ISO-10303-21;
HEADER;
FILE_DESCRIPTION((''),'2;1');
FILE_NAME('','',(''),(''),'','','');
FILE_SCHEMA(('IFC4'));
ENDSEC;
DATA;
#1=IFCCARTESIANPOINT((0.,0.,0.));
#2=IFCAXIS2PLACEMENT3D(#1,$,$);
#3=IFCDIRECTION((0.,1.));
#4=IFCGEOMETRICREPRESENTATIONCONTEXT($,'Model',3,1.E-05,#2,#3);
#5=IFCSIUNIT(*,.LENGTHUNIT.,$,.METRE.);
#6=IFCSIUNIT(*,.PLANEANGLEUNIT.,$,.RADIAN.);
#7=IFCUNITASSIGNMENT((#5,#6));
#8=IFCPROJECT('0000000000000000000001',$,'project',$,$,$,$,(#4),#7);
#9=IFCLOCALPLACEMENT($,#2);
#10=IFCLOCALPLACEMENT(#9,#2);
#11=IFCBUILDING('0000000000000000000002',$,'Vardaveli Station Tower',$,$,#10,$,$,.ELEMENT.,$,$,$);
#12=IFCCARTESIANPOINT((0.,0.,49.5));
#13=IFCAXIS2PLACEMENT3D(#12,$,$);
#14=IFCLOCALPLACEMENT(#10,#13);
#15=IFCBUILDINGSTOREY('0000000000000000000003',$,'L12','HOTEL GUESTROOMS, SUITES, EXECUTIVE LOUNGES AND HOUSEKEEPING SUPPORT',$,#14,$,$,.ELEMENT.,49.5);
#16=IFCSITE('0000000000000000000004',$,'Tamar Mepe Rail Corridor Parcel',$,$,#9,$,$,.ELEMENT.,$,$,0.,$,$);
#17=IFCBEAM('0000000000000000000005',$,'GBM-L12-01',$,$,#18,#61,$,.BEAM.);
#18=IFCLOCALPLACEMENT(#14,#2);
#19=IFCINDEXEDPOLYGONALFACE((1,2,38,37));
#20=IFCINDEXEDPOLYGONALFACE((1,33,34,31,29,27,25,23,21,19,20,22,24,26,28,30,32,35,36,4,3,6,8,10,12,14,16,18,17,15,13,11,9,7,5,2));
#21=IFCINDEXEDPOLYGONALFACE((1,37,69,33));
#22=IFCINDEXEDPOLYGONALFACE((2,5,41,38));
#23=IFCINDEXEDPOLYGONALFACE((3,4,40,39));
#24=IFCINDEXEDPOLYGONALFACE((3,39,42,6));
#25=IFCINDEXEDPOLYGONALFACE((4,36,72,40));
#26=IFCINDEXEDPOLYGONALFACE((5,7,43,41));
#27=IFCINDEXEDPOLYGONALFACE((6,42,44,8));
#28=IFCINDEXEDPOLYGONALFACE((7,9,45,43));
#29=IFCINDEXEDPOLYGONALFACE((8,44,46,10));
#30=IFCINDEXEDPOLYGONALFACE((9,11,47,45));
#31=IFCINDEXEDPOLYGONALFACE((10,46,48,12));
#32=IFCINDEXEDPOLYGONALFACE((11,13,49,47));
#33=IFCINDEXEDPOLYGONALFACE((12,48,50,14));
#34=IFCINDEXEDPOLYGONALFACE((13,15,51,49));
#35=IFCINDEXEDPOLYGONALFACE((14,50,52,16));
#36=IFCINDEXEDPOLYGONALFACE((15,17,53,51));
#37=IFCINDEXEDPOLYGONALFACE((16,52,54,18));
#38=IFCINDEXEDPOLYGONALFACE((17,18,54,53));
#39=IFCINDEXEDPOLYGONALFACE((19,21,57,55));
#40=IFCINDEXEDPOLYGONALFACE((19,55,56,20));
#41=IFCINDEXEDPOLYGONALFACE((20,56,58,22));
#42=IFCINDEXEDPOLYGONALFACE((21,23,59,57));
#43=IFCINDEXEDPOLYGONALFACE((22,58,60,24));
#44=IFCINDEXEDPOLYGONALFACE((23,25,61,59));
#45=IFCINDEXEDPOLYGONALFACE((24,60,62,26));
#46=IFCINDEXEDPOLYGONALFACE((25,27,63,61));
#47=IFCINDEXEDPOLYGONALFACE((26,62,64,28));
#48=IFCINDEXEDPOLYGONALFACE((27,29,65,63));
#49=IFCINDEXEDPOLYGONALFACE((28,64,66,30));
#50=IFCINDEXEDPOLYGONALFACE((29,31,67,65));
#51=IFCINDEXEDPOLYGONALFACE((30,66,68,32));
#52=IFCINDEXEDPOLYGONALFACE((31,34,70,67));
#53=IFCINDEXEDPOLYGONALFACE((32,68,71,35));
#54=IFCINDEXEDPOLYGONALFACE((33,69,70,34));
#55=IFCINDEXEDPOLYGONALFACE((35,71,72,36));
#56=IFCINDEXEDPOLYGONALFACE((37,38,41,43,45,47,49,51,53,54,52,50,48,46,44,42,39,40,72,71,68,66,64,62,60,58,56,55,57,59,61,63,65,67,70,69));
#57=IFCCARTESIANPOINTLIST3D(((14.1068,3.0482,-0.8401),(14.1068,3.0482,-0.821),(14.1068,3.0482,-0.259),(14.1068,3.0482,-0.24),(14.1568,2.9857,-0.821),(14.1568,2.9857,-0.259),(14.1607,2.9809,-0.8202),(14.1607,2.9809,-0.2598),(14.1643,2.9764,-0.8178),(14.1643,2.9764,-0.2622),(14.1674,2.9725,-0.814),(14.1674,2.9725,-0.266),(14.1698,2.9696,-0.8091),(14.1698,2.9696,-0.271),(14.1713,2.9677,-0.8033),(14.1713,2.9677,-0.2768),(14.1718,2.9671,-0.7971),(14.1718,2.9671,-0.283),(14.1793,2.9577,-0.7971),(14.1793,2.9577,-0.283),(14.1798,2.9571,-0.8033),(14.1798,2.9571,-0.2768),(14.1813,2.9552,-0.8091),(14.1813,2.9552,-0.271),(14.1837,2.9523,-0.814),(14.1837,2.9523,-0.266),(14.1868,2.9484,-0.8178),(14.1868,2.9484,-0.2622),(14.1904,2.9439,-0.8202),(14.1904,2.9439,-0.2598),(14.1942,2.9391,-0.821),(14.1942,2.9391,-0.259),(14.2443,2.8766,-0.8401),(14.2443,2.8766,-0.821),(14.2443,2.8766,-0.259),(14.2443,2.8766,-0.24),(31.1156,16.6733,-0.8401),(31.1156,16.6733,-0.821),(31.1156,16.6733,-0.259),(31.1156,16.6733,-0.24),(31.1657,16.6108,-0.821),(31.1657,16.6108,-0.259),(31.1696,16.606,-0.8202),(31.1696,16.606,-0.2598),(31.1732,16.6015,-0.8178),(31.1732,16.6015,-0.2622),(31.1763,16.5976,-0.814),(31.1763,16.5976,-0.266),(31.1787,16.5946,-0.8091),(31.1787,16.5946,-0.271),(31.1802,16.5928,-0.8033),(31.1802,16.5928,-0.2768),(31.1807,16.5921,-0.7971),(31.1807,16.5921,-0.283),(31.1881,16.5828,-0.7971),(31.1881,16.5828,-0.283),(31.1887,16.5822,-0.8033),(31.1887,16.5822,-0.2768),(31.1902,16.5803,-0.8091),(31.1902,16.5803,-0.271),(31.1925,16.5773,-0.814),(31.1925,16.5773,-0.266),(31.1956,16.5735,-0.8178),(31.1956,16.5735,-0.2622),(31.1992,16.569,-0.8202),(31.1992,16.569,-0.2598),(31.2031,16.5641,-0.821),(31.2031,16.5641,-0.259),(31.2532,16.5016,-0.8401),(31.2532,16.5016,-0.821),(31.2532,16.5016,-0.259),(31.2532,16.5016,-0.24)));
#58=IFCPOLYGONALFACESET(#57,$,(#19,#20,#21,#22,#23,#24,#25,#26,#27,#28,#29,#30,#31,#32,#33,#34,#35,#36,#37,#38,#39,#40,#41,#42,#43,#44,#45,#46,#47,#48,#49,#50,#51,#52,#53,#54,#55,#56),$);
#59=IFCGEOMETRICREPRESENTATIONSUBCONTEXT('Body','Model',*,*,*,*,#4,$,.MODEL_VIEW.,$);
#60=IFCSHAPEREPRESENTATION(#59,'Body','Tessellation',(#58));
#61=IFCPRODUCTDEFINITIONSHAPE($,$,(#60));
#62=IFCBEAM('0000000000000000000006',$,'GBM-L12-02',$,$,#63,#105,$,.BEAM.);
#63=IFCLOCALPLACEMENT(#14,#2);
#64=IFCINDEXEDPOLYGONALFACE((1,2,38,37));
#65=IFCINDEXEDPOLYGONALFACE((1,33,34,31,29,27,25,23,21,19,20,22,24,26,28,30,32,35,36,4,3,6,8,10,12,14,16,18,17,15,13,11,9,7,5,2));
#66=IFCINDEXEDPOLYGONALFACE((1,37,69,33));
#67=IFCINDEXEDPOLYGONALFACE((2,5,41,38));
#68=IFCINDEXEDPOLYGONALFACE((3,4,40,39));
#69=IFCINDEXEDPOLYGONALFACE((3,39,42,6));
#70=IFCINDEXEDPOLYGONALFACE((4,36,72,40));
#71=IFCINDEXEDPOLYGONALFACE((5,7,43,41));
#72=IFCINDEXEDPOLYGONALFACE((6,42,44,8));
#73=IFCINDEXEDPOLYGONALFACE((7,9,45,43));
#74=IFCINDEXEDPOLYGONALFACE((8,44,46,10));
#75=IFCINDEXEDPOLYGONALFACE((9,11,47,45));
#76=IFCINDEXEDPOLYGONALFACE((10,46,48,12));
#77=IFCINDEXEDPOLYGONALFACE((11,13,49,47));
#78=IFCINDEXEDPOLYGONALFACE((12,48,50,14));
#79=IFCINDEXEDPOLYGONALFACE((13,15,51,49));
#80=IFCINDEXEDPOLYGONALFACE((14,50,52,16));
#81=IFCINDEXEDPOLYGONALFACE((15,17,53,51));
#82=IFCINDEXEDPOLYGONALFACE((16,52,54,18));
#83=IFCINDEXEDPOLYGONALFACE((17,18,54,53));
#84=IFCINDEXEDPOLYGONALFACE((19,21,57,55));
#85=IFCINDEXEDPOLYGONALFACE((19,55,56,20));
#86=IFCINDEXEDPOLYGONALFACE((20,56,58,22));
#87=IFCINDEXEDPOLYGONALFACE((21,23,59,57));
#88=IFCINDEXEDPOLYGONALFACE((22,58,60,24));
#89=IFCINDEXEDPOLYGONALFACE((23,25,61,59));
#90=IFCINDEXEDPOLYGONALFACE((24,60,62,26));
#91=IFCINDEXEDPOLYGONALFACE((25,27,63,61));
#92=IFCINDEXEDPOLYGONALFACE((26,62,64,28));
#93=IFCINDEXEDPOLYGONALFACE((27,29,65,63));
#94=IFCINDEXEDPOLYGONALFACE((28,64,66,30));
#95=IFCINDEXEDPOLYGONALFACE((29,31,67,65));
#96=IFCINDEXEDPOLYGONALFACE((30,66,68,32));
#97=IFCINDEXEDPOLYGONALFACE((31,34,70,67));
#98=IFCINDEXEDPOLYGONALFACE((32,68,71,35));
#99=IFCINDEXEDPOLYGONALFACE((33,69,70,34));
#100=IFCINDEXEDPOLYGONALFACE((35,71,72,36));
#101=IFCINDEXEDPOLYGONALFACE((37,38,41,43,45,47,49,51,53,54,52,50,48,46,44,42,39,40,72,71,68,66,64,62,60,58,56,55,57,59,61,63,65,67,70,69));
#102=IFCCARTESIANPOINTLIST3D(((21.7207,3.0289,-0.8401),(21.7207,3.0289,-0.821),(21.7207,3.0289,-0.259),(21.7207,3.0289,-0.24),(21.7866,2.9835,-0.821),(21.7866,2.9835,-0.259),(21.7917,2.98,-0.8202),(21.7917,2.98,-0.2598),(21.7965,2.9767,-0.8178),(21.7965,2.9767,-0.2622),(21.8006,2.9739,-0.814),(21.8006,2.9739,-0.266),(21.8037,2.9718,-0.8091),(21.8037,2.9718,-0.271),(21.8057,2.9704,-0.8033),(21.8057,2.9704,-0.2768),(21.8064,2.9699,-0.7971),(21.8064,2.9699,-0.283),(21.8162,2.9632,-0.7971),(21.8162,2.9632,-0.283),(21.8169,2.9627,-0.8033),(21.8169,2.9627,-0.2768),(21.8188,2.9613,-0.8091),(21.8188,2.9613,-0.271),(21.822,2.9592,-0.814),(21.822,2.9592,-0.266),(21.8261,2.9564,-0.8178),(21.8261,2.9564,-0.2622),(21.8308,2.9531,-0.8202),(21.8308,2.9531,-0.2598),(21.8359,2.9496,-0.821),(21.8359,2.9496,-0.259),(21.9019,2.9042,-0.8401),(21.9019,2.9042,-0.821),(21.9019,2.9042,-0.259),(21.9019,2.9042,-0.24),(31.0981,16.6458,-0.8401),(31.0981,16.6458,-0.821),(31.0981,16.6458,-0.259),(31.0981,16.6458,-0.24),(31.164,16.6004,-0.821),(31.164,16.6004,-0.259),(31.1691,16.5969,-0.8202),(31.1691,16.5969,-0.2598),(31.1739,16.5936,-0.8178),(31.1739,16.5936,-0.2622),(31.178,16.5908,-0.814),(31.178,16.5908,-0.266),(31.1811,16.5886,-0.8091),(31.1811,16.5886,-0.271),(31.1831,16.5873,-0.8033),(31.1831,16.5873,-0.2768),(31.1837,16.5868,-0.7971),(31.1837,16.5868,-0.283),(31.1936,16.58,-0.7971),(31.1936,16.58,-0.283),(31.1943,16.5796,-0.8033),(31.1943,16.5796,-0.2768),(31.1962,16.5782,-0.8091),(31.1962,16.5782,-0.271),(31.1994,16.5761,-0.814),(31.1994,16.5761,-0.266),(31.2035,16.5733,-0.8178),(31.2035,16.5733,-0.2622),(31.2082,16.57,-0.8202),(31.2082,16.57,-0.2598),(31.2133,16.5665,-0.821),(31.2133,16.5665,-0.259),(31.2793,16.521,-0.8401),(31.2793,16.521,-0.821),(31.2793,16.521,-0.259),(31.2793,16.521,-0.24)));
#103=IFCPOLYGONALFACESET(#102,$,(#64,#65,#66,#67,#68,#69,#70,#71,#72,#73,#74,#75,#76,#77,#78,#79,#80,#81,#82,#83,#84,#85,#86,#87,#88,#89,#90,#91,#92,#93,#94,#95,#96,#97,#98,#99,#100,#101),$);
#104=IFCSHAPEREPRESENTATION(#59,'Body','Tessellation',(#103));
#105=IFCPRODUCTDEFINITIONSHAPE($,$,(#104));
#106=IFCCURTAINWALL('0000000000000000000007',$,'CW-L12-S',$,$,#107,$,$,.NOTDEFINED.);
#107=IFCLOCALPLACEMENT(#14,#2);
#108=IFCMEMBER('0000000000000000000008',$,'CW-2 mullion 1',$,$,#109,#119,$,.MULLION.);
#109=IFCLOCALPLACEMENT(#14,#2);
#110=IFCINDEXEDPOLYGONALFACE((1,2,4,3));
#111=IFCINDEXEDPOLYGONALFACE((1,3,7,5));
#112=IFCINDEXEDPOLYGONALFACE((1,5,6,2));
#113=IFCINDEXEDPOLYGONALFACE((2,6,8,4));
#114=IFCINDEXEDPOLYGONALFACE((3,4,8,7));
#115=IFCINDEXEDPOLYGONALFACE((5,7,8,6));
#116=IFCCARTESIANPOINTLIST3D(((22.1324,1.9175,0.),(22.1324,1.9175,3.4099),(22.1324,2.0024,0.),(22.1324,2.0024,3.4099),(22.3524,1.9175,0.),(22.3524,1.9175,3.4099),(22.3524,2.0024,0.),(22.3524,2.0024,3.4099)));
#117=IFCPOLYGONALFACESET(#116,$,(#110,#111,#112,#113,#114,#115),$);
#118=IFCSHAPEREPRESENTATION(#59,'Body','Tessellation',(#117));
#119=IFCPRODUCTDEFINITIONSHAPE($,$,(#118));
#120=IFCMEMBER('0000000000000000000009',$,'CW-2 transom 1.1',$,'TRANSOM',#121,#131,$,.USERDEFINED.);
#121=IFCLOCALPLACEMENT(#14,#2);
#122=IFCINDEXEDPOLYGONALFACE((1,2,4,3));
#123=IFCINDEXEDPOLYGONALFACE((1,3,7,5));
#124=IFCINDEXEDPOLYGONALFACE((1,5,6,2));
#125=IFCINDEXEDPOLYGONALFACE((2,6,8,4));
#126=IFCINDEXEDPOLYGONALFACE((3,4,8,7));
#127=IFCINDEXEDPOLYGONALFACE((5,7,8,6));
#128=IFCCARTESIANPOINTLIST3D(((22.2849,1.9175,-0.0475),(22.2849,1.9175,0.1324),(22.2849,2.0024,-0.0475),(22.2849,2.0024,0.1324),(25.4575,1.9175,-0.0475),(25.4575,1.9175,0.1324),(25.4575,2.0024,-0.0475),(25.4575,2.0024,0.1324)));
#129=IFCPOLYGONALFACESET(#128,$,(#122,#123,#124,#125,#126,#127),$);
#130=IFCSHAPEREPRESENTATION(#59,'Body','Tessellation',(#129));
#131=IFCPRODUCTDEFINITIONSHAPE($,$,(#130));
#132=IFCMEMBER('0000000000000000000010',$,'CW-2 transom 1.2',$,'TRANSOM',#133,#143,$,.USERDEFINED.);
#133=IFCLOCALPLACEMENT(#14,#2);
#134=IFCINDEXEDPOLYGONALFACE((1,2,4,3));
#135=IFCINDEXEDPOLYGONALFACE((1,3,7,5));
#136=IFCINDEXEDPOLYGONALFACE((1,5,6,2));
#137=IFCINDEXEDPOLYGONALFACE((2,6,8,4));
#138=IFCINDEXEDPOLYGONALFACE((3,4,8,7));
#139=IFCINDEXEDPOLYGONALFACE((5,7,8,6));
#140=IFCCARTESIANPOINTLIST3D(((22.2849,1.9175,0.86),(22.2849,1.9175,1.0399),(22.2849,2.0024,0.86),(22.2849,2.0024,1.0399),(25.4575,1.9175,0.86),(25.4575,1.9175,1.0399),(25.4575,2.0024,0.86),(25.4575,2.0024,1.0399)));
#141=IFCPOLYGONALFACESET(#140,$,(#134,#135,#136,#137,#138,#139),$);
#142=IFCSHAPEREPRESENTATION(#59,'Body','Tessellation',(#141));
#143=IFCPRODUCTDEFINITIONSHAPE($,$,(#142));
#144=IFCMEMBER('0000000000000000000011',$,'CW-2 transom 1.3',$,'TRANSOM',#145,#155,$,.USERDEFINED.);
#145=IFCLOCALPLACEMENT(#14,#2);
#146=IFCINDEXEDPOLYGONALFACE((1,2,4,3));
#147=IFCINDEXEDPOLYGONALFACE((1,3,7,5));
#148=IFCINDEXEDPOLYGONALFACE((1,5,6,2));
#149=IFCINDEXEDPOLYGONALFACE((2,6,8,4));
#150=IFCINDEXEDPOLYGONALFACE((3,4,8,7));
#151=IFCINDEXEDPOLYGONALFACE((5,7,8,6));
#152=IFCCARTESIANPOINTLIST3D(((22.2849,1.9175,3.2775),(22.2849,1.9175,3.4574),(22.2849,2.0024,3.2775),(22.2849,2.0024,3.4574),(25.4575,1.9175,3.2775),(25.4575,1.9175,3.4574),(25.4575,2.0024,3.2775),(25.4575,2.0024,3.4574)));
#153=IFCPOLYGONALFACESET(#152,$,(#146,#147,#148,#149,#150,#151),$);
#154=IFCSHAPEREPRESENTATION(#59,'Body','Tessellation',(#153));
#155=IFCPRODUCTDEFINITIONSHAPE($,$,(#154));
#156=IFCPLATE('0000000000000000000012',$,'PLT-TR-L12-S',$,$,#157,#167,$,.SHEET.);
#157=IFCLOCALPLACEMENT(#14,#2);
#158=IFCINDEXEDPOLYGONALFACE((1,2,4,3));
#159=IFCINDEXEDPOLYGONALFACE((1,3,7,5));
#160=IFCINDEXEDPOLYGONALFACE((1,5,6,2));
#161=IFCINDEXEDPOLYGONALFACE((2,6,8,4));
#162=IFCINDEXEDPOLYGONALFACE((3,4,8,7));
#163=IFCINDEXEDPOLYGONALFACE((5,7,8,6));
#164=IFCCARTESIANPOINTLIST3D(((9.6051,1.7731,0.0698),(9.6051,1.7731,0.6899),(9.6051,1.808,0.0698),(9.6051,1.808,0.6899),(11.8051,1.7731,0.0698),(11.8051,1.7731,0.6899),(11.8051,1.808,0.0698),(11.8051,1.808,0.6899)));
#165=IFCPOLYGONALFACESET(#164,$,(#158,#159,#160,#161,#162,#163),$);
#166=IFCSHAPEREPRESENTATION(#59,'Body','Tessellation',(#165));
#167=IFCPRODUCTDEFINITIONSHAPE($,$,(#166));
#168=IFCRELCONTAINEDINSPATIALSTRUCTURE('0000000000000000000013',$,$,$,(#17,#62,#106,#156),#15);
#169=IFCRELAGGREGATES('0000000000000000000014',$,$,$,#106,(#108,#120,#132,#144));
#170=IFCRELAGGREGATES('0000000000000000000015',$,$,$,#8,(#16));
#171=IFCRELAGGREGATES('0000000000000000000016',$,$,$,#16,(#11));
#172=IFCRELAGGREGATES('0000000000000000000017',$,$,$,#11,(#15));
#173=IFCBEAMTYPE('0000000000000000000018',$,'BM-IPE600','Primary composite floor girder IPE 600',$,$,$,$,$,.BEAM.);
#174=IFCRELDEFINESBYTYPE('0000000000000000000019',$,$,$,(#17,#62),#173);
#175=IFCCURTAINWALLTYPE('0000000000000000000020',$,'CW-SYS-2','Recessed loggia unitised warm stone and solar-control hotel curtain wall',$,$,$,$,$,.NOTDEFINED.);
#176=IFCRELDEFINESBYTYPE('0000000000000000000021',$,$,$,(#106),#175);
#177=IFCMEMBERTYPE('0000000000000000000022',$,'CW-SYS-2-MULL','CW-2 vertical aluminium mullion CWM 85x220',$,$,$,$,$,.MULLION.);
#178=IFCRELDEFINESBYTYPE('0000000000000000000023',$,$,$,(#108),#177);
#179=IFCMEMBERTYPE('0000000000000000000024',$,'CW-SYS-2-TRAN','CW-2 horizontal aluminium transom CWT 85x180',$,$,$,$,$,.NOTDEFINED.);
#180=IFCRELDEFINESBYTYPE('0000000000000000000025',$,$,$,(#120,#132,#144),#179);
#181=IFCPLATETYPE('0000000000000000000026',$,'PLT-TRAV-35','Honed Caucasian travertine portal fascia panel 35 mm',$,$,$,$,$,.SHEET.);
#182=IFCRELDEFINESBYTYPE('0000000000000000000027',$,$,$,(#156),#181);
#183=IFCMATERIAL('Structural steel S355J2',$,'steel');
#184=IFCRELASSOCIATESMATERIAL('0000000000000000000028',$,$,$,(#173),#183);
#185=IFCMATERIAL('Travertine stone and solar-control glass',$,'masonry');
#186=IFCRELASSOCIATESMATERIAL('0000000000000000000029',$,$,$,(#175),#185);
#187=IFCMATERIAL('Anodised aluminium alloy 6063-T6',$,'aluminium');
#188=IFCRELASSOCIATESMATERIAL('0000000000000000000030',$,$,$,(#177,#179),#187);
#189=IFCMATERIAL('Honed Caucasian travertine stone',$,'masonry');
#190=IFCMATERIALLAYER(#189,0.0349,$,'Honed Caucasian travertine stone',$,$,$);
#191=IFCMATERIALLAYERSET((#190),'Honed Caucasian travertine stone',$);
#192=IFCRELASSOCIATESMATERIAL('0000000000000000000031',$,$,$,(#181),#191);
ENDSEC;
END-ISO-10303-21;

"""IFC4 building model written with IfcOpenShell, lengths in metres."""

from ifc_helpers import new_model, si_unit, direction, frame, origin, origin_2d, place, context, subcontext, project, spatial, rectangle, i_section, extrude, source, transform, mapped, material, layer, layer_set, material_profile, profile_set, type_object, element, aggregate, save


model = new_model("IFC4")

# Units and contexts
model_context = context("Model", 3, precision=1e-05, world=origin(), true_north=direction((0.0, 1.0)))
body_context = subcontext(model_context, "Body", "Model", "MODEL_VIEW")
ifc_project = project(units=[si_unit("LENGTHUNIT", "METRE"), si_unit("PLANEANGLEUNIT", "RADIAN")], contexts=[model_context])

# Site, building, storey
site_placement = place(None, origin())
site = spatial("IfcSite", under=ifc_project, at=site_placement, Name="Tamar Mepe Rail Corridor Parcel", CompositionType="ELEMENT", RefElevation=0.0)
building_placement = place(site_placement, origin())
building = spatial("IfcBuilding", under=site, at=building_placement, Name="Vardaveli Station Tower", CompositionType="ELEMENT")
storey_placement = place(building_placement, frame((0.0, 0.0, 49.5)))
storey = spatial("IfcBuildingStorey", under=building, at=storey_placement, Name="L12", Description="HOTEL GUESTROOMS, SUITES, EXECUTIVE LOUNGES AND HOUSEKEEPING SUPPORT", CompositionType="ELEMENT", Elevation=49.5)

# Beams
ifc_material_1 = material(Name="Structural steel S355J2", Category="steel")
ifc_material_profile_1 = material_profile(ifc_material_1, i_section(OverallWidth=0.22, OverallDepth=0.6001, WebThickness=0.012, FlangeThickness=0.019, FilletRadius=0.0239, at=origin_2d()), Name="IPE 600")
ifc_profile_set_1 = profile_set([ifc_material_profile_1], Name="Structural steel S355J2")
beam_type_1 = type_object("IfcBeamType", Name="BM-IPE600", Description="Primary composite floor girder IPE 600", PredefinedType="BEAM", material=ifc_profile_set_1)
shared_shape_1 = source(origin(), body_context, "Body", "SweptSolid", [
    extrude(i_section(OverallWidth=0.22, OverallDepth=0.6001, WebThickness=0.012, FlangeThickness=0.019, FilletRadius=0.0239, at=origin_2d()), origin(), (0.0, 0.0, 1.0), 21.7932),
])
beam_1_placement = place(storey_placement, frame((14.1755, 2.9624, -0.54), z_axis=(0.780466, 0.625198, 0.0), x_axis=(-0.625198, 0.780466, 0.0)))
element("IfcBeam", 1, at=beam_1_placement, inside=storey, type_object=beam_type_1, Name="GBM-L12-01", PredefinedType="BEAM", context=body_context, shape_type="MappedRepresentation", body=[
    mapped(shared_shape_1, transform((0.0, 0.0, 0.0), scale=1.0)),
])
shared_shape_2 = source(origin(), body_context, "Body", "SweptSolid", [
    extrude(i_section(OverallWidth=0.22, OverallDepth=0.6001, WebThickness=0.012, FlangeThickness=0.019, FilletRadius=0.0239, at=origin_2d()), origin(), (0.0, 0.0, 1.0), 16.5334),
])
beam_2_placement = place(storey_placement, frame((21.8113, 2.9666, -0.54), z_axis=(0.567177, 0.823596, 0.0), x_axis=(-0.823596, 0.567177, 0.0)))
element("IfcBeam", 2, at=beam_2_placement, inside=storey, type_object=beam_type_1, Name="GBM-L12-02", PredefinedType="BEAM", context=body_context, shape_type="MappedRepresentation", body=[
    mapped(shared_shape_2, transform((0.0, 0.0, 0.0), scale=1.0)),
])

# Curtain wall, members
ifc_material_2 = material(Name="Travertine stone and solar-control glass", Category="masonry")
curtain_wall_type = type_object("IfcCurtainWallType", Name="CW-SYS-2", Description="Recessed loggia unitised warm stone and solar-control hotel curtain wall", PredefinedType="NOTDEFINED", material=ifc_material_2)
curtain_wall_placement = place(storey_placement, origin())
curtain_wall = element("IfcCurtainWall", 3, at=curtain_wall_placement, inside=storey, type_object=curtain_wall_type, Name="CW-L12-S", PredefinedType="NOTDEFINED")
ifc_material_3 = material(Name="Anodised aluminium alloy 6063-T6", Category="aluminium")
ifc_material_profile_2 = material_profile(ifc_material_3, rectangle(XDim=0.085, YDim=0.22, at=origin_2d()), Name="CWM 85x220")
ifc_profile_set_2 = profile_set([ifc_material_profile_2], Name="Anodised aluminium alloy 6063-T6")
member_type_1 = type_object("IfcMemberType", Name="CW-SYS-2-MULL", Description="CW-2 vertical aluminium mullion CWM 85x220", PredefinedType="MULLION", material=ifc_profile_set_2)
shared_shape_3 = source(origin(), body_context, "Body", "SweptSolid", [
    extrude(rectangle(XDim=0.085, YDim=0.22, at=origin_2d()), origin(), (0.0, 0.0, 1.0), 3.4099),
])
member_1_placement = place(storey_placement, frame((22.2424, 1.96, 0.0), z_axis=(0.0, 0.0, 1.0), x_axis=(0.0, 1.0, 0.0)))
member_1 = element("IfcMember", 4, at=member_1_placement, type_object=member_type_1, Name="CW-2 mullion 1", PredefinedType="MULLION", context=body_context, shape_type="MappedRepresentation", body=[
    mapped(shared_shape_3, transform((0.0, 0.0, 0.0), scale=1.0)),
])
ifc_material_profile_3 = material_profile(ifc_material_3, rectangle(XDim=0.085, YDim=0.1799, at=origin_2d()), Name="CWT 85x180")
ifc_profile_set_3 = profile_set([ifc_material_profile_3], Name="Anodised aluminium alloy 6063-T6")
member_type_2 = type_object("IfcMemberType", Name="CW-SYS-2-TRAN", Description="CW-2 horizontal aluminium transom CWT 85x180", PredefinedType="NOTDEFINED", material=ifc_profile_set_3)
shared_shape_4 = source(origin(), body_context, "Body", "SweptSolid", [
    extrude(rectangle(XDim=0.085, YDim=0.1799, at=origin_2d()), origin(), (0.0, 0.0, 1.0), 3.1726),
])
member_2_placement = place(storey_placement, frame((22.2849, 1.96, 0.0425), z_axis=(1.0, 0.0, 0.0), x_axis=(0.0, 1.0, 0.0)))
member_2 = element("IfcMember", 5, at=member_2_placement, type_object=member_type_2, Name="CW-2 transom 1.1", ObjectType="TRANSOM", PredefinedType="USERDEFINED", context=body_context, shape_type="MappedRepresentation", body=[
    mapped(shared_shape_4, transform((0.0, 0.0, 0.0), scale=1.0)),
])
member_3_placement = place(storey_placement, frame((22.2849, 1.96, 0.95), z_axis=(1.0, 0.0, 0.0), x_axis=(0.0, 1.0, 0.0)))
member_3 = element("IfcMember", 6, at=member_3_placement, type_object=member_type_2, Name="CW-2 transom 1.2", ObjectType="TRANSOM", PredefinedType="USERDEFINED", context=body_context, shape_type="MappedRepresentation", body=[
    mapped(shared_shape_4, transform((0.0, 0.0, 0.0), scale=1.0)),
])
member_4_placement = place(storey_placement, frame((22.2849, 1.96, 3.3674), z_axis=(1.0, 0.0, 0.0), x_axis=(0.0, 1.0, 0.0)))
member_4 = element("IfcMember", 7, at=member_4_placement, type_object=member_type_2, Name="CW-2 transom 1.3", ObjectType="TRANSOM", PredefinedType="USERDEFINED", context=body_context, shape_type="MappedRepresentation", body=[
    mapped(shared_shape_4, transform((0.0, 0.0, 0.0), scale=1.0)),
])
aggregate(curtain_wall, [member_1, member_2, member_3, member_4])

# Plate
ifc_material_4 = material(Name="Honed Caucasian travertine stone", Category="masonry")
ifc_layer_1 = layer(ifc_material_4, 0.0349, Name="Honed Caucasian travertine stone")
ifc_layer_set_1 = layer_set([ifc_layer_1], Name="Honed Caucasian travertine stone")
plate_type = type_object("IfcPlateType", Name="PLT-TRAV-35", Description="Honed Caucasian travertine portal fascia panel 35 mm", PredefinedType="SHEET", material=ifc_layer_set_1)
shared_shape_5 = source(origin(), body_context, "Body", "SweptSolid", [
    extrude(rectangle(XDim=2.2, YDim=0.0349, at=origin_2d()), origin(), (0.0, 0.0, 1.0), 0.6201),
])
plate_placement = place(storey_placement, frame((10.7051, 1.7905, 0.0698), z_axis=(0.0, 0.0, 1.0), x_axis=(1.0, 0.0, 0.0)))
element("IfcPlate", 8, at=plate_placement, inside=storey, type_object=plate_type, Name="PLT-TR-L12-S", PredefinedType="SHEET", context=body_context, shape_type="MappedRepresentation", body=[
    mapped(shared_shape_5, transform((0.0, 0.0, 0.0), scale=1.0)),
])

save(model, "model.ifc")
